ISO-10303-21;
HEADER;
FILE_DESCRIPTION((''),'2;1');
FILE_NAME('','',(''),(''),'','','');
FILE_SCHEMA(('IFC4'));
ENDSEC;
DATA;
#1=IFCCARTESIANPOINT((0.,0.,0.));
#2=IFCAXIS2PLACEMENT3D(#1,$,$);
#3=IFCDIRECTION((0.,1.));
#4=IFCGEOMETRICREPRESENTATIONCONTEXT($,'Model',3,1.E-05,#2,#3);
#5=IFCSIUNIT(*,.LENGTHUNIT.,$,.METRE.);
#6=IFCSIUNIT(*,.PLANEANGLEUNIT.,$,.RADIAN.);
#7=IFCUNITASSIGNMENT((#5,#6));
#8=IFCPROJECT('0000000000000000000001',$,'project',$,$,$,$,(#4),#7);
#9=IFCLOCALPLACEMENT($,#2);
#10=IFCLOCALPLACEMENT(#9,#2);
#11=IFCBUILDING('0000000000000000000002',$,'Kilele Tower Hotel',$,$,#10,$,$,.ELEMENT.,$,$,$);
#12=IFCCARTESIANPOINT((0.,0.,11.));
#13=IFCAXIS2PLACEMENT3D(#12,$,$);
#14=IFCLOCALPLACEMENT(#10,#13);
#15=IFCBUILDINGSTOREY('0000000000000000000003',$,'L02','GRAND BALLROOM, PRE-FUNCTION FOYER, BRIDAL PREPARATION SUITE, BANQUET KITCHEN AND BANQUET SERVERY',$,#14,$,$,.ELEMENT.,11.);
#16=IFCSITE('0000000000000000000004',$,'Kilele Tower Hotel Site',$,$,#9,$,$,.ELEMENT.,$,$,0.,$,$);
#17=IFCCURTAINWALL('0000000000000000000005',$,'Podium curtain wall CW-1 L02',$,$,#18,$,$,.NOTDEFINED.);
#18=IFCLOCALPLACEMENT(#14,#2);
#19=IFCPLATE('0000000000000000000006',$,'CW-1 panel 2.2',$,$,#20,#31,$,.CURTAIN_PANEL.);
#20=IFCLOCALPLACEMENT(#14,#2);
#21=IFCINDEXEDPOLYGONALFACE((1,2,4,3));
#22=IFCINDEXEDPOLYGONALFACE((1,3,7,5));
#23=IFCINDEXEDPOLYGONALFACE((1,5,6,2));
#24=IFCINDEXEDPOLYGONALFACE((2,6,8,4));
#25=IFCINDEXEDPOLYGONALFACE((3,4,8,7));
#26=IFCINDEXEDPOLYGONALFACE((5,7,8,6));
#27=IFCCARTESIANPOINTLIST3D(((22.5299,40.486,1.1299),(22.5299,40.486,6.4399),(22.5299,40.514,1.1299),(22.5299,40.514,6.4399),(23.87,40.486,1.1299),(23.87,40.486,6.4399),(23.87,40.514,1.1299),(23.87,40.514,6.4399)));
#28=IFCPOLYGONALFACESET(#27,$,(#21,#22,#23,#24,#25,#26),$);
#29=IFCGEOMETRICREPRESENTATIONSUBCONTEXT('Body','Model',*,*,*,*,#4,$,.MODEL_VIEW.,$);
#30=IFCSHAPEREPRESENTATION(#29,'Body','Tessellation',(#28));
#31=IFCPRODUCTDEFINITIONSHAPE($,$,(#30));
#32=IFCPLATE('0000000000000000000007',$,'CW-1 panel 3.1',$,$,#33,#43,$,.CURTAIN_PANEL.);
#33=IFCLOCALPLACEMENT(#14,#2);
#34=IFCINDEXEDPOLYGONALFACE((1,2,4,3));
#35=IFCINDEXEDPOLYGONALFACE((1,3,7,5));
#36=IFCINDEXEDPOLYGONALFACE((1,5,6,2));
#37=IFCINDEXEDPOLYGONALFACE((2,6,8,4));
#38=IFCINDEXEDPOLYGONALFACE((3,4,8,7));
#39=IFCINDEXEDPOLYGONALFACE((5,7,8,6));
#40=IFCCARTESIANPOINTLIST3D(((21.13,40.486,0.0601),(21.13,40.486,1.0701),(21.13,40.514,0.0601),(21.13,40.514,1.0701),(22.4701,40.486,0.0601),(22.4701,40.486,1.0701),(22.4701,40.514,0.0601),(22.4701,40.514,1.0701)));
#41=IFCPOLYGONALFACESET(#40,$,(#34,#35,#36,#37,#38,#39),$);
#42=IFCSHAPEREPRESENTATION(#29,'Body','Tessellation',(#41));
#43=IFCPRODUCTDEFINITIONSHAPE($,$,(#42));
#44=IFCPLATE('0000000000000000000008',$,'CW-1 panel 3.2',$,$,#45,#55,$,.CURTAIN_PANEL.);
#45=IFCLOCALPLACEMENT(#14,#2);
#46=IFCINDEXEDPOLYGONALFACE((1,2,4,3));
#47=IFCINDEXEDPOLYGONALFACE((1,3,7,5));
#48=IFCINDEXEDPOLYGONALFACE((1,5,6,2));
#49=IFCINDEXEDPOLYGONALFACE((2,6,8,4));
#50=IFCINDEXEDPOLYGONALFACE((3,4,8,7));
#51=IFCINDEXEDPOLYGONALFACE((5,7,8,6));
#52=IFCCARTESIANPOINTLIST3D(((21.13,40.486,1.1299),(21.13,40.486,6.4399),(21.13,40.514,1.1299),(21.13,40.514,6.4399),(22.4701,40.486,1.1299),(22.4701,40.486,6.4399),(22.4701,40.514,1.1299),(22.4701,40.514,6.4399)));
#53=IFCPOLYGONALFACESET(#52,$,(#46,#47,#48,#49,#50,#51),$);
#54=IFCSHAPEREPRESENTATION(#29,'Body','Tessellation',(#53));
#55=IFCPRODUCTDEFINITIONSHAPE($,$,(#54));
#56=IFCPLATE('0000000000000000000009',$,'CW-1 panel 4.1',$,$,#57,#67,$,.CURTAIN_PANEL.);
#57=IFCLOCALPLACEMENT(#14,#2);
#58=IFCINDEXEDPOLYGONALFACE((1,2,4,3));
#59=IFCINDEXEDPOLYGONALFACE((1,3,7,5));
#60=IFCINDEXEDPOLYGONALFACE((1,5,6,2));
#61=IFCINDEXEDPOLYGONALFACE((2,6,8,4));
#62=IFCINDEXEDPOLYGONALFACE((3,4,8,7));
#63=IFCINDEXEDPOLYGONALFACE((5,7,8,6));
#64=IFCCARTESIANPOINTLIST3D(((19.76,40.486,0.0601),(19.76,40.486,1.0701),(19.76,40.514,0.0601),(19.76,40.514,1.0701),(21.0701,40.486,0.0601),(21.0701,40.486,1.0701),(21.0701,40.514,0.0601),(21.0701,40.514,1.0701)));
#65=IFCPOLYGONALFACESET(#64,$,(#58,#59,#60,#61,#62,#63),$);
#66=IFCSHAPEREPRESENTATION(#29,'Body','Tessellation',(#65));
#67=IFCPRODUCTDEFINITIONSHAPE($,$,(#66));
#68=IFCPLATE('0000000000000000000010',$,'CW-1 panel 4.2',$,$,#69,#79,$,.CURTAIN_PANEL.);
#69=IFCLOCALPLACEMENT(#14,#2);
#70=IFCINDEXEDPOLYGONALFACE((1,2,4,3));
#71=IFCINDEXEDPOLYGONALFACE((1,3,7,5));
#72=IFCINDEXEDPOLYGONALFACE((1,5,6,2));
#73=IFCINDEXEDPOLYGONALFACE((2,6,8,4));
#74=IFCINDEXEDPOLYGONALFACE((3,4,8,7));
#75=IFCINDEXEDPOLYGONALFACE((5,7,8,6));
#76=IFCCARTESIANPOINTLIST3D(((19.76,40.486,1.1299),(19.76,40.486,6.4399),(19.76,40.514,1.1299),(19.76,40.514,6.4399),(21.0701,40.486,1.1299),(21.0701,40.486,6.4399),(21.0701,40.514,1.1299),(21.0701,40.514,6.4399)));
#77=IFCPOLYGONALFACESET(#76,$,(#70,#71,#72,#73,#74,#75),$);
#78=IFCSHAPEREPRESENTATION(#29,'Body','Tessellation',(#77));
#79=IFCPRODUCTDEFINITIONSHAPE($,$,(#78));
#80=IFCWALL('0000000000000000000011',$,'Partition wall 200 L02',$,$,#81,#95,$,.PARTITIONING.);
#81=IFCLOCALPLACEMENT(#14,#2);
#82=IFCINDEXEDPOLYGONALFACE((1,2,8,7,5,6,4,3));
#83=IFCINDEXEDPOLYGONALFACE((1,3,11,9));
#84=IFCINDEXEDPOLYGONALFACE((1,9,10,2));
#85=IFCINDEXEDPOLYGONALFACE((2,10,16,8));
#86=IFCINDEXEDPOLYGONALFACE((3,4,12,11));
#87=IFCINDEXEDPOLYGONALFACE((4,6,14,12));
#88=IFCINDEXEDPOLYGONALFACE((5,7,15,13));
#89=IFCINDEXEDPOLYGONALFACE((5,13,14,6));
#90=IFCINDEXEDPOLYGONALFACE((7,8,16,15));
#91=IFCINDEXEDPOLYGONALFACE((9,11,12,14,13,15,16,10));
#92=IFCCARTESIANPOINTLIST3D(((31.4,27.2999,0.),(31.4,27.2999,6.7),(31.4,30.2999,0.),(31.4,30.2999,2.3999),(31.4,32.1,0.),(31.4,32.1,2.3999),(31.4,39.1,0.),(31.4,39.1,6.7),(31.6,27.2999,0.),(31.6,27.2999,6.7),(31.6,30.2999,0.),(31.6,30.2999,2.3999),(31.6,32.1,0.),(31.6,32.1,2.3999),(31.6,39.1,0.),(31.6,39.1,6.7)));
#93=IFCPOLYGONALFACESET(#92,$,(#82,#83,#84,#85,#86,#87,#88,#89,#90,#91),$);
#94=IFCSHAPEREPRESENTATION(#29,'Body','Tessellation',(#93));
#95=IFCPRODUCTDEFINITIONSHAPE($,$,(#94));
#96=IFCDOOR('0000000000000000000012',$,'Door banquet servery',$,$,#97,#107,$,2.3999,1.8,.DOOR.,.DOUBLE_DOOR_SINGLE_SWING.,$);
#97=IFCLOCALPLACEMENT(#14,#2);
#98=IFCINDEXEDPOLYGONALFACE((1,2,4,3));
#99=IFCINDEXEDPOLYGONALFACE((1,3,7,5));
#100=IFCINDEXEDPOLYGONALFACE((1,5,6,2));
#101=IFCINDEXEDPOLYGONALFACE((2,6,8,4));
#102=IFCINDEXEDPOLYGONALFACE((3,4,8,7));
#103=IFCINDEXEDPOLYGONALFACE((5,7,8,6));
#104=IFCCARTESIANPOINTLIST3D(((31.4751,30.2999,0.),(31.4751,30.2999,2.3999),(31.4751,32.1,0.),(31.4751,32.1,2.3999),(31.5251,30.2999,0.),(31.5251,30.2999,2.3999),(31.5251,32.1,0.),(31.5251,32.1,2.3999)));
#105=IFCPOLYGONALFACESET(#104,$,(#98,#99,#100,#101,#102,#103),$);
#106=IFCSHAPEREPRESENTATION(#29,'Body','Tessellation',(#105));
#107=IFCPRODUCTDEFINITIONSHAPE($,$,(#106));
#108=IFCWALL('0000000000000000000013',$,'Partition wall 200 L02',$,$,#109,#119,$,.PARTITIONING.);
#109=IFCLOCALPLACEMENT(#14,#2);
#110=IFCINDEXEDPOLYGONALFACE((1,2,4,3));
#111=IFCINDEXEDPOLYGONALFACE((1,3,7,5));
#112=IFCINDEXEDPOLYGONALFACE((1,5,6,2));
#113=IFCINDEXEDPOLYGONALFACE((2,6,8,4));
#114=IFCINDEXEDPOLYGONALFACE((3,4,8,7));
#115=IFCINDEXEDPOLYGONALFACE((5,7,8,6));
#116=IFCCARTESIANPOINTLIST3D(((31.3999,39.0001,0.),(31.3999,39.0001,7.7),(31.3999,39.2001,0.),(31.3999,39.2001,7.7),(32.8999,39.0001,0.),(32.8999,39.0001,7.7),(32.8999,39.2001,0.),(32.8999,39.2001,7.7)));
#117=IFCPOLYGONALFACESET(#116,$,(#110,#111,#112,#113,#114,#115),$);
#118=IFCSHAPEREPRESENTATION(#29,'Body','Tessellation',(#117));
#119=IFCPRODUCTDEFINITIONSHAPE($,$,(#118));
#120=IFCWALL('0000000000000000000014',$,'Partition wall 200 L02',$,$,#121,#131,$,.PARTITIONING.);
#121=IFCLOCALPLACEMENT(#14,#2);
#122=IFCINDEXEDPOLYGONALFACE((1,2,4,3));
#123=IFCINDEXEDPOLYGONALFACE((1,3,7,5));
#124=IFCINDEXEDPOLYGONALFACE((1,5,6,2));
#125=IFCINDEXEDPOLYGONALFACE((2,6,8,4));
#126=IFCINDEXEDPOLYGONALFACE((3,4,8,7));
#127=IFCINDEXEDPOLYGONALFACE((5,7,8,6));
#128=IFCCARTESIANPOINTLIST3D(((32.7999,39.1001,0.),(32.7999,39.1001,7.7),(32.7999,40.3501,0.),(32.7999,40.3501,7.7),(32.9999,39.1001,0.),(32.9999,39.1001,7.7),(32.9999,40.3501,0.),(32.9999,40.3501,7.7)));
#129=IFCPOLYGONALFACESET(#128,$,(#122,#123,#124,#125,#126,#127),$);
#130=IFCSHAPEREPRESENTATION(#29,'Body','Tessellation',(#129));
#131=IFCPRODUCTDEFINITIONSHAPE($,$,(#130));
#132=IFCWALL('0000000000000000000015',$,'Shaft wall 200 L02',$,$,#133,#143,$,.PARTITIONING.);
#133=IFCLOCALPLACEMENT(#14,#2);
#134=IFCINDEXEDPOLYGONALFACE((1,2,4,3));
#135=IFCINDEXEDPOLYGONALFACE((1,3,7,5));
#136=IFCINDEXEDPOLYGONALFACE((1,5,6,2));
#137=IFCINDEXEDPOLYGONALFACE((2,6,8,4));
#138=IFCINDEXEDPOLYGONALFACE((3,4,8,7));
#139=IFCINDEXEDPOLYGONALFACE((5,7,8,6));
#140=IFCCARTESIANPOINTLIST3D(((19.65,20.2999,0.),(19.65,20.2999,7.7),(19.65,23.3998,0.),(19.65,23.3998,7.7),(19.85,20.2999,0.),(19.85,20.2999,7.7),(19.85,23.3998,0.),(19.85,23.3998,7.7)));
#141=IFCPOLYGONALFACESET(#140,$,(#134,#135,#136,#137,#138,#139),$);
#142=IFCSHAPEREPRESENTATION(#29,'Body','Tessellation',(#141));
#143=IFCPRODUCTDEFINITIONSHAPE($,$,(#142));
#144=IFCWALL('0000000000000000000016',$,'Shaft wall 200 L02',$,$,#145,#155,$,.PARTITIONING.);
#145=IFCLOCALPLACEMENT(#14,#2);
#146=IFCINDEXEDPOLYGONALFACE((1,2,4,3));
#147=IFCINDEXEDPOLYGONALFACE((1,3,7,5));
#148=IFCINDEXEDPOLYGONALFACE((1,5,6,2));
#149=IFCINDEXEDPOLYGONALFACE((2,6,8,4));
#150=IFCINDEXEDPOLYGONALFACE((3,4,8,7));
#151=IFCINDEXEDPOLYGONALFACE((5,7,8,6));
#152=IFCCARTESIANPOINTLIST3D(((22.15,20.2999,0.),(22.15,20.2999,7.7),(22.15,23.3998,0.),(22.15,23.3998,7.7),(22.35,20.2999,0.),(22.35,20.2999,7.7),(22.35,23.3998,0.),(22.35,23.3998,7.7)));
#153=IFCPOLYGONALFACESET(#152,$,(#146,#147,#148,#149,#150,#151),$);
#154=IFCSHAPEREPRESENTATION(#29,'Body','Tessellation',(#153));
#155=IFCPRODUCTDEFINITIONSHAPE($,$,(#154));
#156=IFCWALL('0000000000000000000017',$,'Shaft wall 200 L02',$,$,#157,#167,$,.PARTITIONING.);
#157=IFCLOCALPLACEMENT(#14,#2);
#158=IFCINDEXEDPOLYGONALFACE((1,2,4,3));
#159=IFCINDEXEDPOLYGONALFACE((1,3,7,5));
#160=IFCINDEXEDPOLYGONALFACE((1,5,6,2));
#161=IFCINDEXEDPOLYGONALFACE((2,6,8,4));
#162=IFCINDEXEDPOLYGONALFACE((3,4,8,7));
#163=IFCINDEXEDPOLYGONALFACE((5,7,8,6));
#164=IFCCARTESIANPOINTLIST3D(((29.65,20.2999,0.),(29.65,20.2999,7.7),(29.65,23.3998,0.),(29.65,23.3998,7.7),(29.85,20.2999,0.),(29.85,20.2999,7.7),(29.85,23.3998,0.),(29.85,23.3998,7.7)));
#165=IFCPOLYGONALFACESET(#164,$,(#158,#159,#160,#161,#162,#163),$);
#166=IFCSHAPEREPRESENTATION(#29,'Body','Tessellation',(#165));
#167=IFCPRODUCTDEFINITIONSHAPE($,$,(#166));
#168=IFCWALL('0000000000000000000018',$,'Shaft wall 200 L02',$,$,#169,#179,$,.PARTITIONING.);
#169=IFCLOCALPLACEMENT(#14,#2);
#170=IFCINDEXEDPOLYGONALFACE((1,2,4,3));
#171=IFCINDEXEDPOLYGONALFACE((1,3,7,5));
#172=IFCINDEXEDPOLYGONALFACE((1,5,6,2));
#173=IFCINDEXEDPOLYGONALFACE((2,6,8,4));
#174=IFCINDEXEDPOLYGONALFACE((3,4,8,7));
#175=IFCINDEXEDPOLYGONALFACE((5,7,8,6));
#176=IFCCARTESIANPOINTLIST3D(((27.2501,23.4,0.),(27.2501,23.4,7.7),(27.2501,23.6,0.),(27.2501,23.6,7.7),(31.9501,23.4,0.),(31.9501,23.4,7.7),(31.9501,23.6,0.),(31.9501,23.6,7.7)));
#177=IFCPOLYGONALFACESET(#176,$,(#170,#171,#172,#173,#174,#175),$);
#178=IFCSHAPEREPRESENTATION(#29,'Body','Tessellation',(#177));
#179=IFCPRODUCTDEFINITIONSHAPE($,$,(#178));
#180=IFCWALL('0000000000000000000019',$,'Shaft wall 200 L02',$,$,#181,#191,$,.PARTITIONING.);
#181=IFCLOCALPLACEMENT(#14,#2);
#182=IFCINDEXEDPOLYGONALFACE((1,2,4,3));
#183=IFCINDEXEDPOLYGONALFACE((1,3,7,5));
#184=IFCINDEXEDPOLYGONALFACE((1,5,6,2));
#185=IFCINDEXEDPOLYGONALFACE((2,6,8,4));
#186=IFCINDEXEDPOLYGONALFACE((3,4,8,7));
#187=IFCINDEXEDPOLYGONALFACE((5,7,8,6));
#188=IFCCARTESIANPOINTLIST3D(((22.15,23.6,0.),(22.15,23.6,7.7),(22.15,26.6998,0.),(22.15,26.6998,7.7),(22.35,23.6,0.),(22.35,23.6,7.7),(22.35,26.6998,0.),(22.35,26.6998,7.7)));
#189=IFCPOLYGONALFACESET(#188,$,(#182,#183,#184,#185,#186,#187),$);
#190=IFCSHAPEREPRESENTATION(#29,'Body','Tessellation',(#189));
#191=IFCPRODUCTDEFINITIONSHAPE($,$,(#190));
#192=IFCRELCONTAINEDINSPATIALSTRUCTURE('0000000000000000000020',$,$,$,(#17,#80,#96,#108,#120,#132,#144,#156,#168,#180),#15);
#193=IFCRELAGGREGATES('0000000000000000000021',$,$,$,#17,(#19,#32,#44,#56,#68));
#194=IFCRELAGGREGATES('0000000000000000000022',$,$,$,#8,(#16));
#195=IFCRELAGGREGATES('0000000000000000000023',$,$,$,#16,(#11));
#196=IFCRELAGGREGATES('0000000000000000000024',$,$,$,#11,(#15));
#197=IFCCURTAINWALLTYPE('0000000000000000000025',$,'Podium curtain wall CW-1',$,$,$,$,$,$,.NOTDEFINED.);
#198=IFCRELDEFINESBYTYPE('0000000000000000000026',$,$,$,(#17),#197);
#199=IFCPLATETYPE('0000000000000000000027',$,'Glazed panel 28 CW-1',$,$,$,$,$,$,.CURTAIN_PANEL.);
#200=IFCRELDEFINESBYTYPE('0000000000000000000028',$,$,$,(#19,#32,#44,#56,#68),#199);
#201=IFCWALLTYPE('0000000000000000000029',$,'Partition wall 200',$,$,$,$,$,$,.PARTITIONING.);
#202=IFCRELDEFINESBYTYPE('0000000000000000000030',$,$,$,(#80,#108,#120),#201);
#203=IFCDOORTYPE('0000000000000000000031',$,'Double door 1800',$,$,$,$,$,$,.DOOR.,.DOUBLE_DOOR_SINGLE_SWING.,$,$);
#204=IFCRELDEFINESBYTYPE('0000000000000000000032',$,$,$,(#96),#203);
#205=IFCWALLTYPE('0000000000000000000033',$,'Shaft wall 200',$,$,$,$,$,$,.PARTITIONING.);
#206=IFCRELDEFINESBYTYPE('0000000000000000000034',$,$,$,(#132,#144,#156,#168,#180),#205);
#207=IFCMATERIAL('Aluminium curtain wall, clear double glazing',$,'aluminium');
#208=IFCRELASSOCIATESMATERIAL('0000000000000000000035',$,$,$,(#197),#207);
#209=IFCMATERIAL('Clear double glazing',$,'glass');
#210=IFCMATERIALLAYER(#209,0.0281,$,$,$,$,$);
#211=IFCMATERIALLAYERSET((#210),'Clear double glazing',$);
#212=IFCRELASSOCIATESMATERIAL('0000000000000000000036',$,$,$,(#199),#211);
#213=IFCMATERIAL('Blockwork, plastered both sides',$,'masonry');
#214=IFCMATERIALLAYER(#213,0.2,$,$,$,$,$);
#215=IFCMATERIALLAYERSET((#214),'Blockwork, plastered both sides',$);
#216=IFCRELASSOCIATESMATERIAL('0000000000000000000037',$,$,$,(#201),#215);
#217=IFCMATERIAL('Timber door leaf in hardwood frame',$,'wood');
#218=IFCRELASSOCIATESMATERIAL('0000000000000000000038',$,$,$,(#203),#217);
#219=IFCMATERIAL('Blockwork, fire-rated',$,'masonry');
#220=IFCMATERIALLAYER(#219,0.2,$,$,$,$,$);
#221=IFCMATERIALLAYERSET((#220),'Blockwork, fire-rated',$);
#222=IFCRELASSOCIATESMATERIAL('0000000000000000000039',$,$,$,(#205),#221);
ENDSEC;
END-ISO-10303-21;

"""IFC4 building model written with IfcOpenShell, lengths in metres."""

from ifc_helpers import new_model, si_unit, direction, frame, frame_2d, origin, origin_2d, place, context, subcontext, project, spatial, rectangle, extrude, material, layer, layer_set, type_object, element, fill, aggregate, save


model = new_model("IFC4")

# Units and contexts
model_context = context("Model", 3, precision=1e-05, world=origin(), true_north=direction((0.0, 1.0)))
body_context = subcontext(model_context, "Body", "Model", "MODEL_VIEW")
ifc_project = project(units=[si_unit("LENGTHUNIT", "METRE"), si_unit("PLANEANGLEUNIT", "RADIAN")], contexts=[model_context])

# Site, building, storey
site_placement = place(None, origin())
site = spatial("IfcSite", under=ifc_project, at=site_placement, Name="Kilele Tower Hotel Site", CompositionType="ELEMENT", RefElevation=0.0)
building_placement = place(site_placement, origin())
building = spatial("IfcBuilding", under=site, at=building_placement, Name="Kilele Tower Hotel", CompositionType="ELEMENT")
storey_placement = place(building_placement, frame((0.0, 0.0, 11.0)))
storey = spatial("IfcBuildingStorey", under=building, at=storey_placement, Name="L02", Description="GRAND BALLROOM, PRE-FUNCTION FOYER, BRIDAL PREPARATION SUITE, BANQUET KITCHEN AND BANQUET SERVERY", CompositionType="ELEMENT", Elevation=11.0)

# Curtain wall, plates
ifc_material_1 = material(Name="Aluminium curtain wall, clear double glazing", Category="aluminium")
curtain_wall_type = type_object("IfcCurtainWallType", Name="Podium curtain wall CW-1", PredefinedType="NOTDEFINED", material=ifc_material_1)
curtain_wall_placement = place(storey_placement, origin())
curtain_wall = element("IfcCurtainWall", 1, at=curtain_wall_placement, inside=storey, type_object=curtain_wall_type, Name="Podium curtain wall CW-1 L02", PredefinedType="NOTDEFINED")
ifc_material_2 = material(Name="Clear double glazing", Category="glass")
ifc_layer_1 = layer(ifc_material_2, 0.0281)
ifc_layer_set_1 = layer_set([ifc_layer_1], Name="Clear double glazing")
plate_type = type_object("IfcPlateType", Name="Glazed panel 28 CW-1", PredefinedType="CURTAIN_PANEL", material=ifc_layer_set_1)
plate_1_placement = place(storey_placement, frame((23.2, 40.5, 1.1299), z_axis=(0.0, 0.0, 1.0), x_axis=(-1.0, 0.0, 0.0)))
plate_1 = element("IfcPlate", 2, at=plate_1_placement, type_object=plate_type, Name="CW-1 panel 2.2", PredefinedType="CURTAIN_PANEL", context=body_context, shape_type="SweptSolid", body=[
    extrude(rectangle(XDim=1.3401, YDim=0.0281, at=origin_2d()), origin(), (0.0, 0.0, 1.0), 5.3101),
])
plate_2_placement = place(storey_placement, frame((21.8, 40.5, 0.0601), z_axis=(0.0, 0.0, 1.0), x_axis=(-1.0, 0.0, 0.0)))
plate_2 = element("IfcPlate", 3, at=plate_2_placement, type_object=plate_type, Name="CW-1 panel 3.1", PredefinedType="CURTAIN_PANEL", context=body_context, shape_type="SweptSolid", body=[
    extrude(rectangle(XDim=1.3401, YDim=0.0281, at=origin_2d()), origin(), (0.0, 0.0, 1.0), 1.01),
])
plate_3_placement = place(storey_placement, frame((21.8, 40.5, 1.1299), z_axis=(0.0, 0.0, 1.0), x_axis=(-1.0, 0.0, 0.0)))
plate_3 = element("IfcPlate", 4, at=plate_3_placement, type_object=plate_type, Name="CW-1 panel 3.2", PredefinedType="CURTAIN_PANEL", context=body_context, shape_type="SweptSolid", body=[
    extrude(rectangle(XDim=1.3401, YDim=0.0281, at=origin_2d()), origin(), (0.0, 0.0, 1.0), 5.3101),
])
plate_4_placement = place(storey_placement, frame((20.415, 40.5, 0.0601), z_axis=(0.0, 0.0, 1.0), x_axis=(-1.0, 0.0, 0.0)))
plate_4 = element("IfcPlate", 5, at=plate_4_placement, type_object=plate_type, Name="CW-1 panel 4.1", PredefinedType="CURTAIN_PANEL", context=body_context, shape_type="SweptSolid", body=[
    extrude(rectangle(XDim=1.3101, YDim=0.0281, at=origin_2d()), origin(), (0.0, 0.0, 1.0), 1.01),
])
plate_5_placement = place(storey_placement, frame((20.415, 40.5, 1.1299), z_axis=(0.0, 0.0, 1.0), x_axis=(-1.0, 0.0, 0.0)))
plate_5 = element("IfcPlate", 6, at=plate_5_placement, type_object=plate_type, Name="CW-1 panel 4.2", PredefinedType="CURTAIN_PANEL", context=body_context, shape_type="SweptSolid", body=[
    extrude(rectangle(XDim=1.3101, YDim=0.0281, at=origin_2d()), origin(), (0.0, 0.0, 1.0), 5.3101),
])
aggregate(curtain_wall, [plate_1, plate_2, plate_3, plate_4, plate_5])

# Wall, opening, door
ifc_material_3 = material(Name="Blockwork, plastered both sides", Category="masonry")
ifc_layer_2 = layer(ifc_material_3, 0.2)
ifc_layer_set_2 = layer_set([ifc_layer_2], Name="Blockwork, plastered both sides")
wall_type_1 = type_object("IfcWallType", Name="Partition wall 200", PredefinedType="PARTITIONING", material=ifc_layer_set_2)
wall_1_placement = place(storey_placement, frame((31.5, 27.3, 0.0), z_axis=(0.0, 0.0, 1.0), x_axis=(0.0, 1.0, 0.0)))
wall_1 = element("IfcWall", 7, at=wall_1_placement, inside=storey, type_object=wall_type_1, Name="Partition wall 200 L02", PredefinedType="PARTITIONING", context=body_context, shape_type="SweptSolid", body=[
    extrude(rectangle(XDim=11.8, YDim=0.2, at=frame_2d((5.8999, 0.0))), origin(), (0.0, 0.0, 1.0), 6.7),
])
opening_placement = place(wall_1_placement, frame((3.0, 0.0, 0.0)))
opening = element("IfcOpeningElement", 8, at=opening_placement, cuts=wall_1, PredefinedType="OPENING", context=body_context, shape_type="SweptSolid", body=[
    extrude(rectangle(XDim=1.8, YDim=2.3999, at=frame_2d((0.8999, 1.2))), frame((0.0, 0.1099, 0.0), z_axis=(0.0, -1.0, 0.0), x_axis=(1.0, 0.0, 0.0)), (0.0, 0.0, 1.0), 0.22),
])
ifc_material_4 = material(Name="Timber door leaf in hardwood frame", Category="wood")
door_type = type_object("IfcDoorType", Name="Double door 1800", OperationType="DOUBLE_DOOR_SINGLE_SWING", PredefinedType="DOOR", material=ifc_material_4)
door_placement = place(opening_placement, origin())
door = element("IfcDoor", 9, at=door_placement, inside=storey, type_object=door_type, Name="Door banquet servery", OperationType="DOUBLE_DOOR_SINGLE_SWING", OverallHeight=2.3999, OverallWidth=1.8, PredefinedType="DOOR", context=body_context, shape_type="SweptSolid", body=[
    extrude(rectangle(XDim=1.8, YDim=2.3999, at=frame_2d((0.8999, 1.2))), frame((0.0, 0.0249, 0.0), z_axis=(0.0, -1.0, 0.0), x_axis=(1.0, 0.0, 0.0)), (0.0, 0.0, 1.0), 0.05),
])
fill(opening, door)

# Walls
wall_2_placement = place(storey_placement, frame((31.3999, 39.1001, 0.0), z_axis=(0.0, 0.0, 1.0), x_axis=(1.0, 0.0, 0.0)))
element("IfcWall", 10, at=wall_2_placement, inside=storey, type_object=wall_type_1, Name="Partition wall 200 L02", PredefinedType="PARTITIONING", context=body_context, shape_type="SweptSolid", body=[
    extrude(rectangle(XDim=1.5, YDim=0.2, at=frame_2d((0.75, 0.0))), origin(), (0.0, 0.0, 1.0), 7.7),
])
wall_3_placement = place(storey_placement, frame((32.8999, 39.1001, 0.0), z_axis=(0.0, 0.0, 1.0), x_axis=(0.0, 1.0, 0.0)))
element("IfcWall", 11, at=wall_3_placement, inside=storey, type_object=wall_type_1, Name="Partition wall 200 L02", PredefinedType="PARTITIONING", context=body_context, shape_type="SweptSolid", body=[
    extrude(rectangle(XDim=1.25, YDim=0.2, at=frame_2d((0.625, 0.0))), origin(), (0.0, 0.0, 1.0), 7.7),
])
ifc_material_5 = material(Name="Blockwork, fire-rated", Category="masonry")
ifc_layer_3 = layer(ifc_material_5, 0.2)
ifc_layer_set_3 = layer_set([ifc_layer_3], Name="Blockwork, fire-rated")
wall_type_2 = type_object("IfcWallType", Name="Shaft wall 200", PredefinedType="PARTITIONING", material=ifc_layer_set_3)
for number, where, z_axis, x_axis, name in (
    (12, (19.75, 20.3, 0.0), (0.0, 0.0, 1.0), (0.0, 1.0, 0.0), "Shaft wall 200 L02"),
    (13, (22.25, 20.3, 0.0), (0.0, 0.0, 1.0), (0.0, 1.0, 0.0), "Shaft wall 200 L02"),
    (14, (29.75, 20.3, 0.0), (0.0, 0.0, 1.0), (0.0, 1.0, 0.0), "Shaft wall 200 L02"),
):
    element("IfcWall", number, at=place(storey_placement, frame(where, z_axis=z_axis, x_axis=x_axis)), inside=storey, type_object=wall_type_2, Name=name, PredefinedType="PARTITIONING", context=body_context, shape_type="SweptSolid", body=[
        extrude(rectangle(XDim=3.0999, YDim=0.2, at=frame_2d((1.5498, 0.0))), origin(), (0.0, 0.0, 1.0), 7.7),
    ])
wall_4_placement = place(storey_placement, frame((27.25, 23.5, 0.0), z_axis=(0.0, 0.0, 1.0), x_axis=(1.0, 0.0, 0.0)))
element("IfcWall", 15, at=wall_4_placement, inside=storey, type_object=wall_type_2, Name="Shaft wall 200 L02", PredefinedType="PARTITIONING", context=body_context, shape_type="SweptSolid", body=[
    extrude(rectangle(XDim=4.7, YDim=0.2, at=frame_2d((2.3501, 0.0))), origin(), (0.0, 0.0, 1.0), 7.7),
])
for number, where, z_axis, x_axis, name in (
    (16, (22.25, 23.6001, 0.0), (0.0, 0.0, 1.0), (0.0, 1.0, 0.0), "Shaft wall 200 L02"),
):
    element("IfcWall", number, at=place(storey_placement, frame(where, z_axis=z_axis, x_axis=x_axis)), inside=storey, type_object=wall_type_2, Name=name, PredefinedType="PARTITIONING", context=body_context, shape_type="SweptSolid", body=[
        extrude(rectangle(XDim=3.0999, YDim=0.2, at=frame_2d((1.5498, 0.0))), origin(), (0.0, 0.0, 1.0), 7.7),
    ])

save(model, "model.ifc")
